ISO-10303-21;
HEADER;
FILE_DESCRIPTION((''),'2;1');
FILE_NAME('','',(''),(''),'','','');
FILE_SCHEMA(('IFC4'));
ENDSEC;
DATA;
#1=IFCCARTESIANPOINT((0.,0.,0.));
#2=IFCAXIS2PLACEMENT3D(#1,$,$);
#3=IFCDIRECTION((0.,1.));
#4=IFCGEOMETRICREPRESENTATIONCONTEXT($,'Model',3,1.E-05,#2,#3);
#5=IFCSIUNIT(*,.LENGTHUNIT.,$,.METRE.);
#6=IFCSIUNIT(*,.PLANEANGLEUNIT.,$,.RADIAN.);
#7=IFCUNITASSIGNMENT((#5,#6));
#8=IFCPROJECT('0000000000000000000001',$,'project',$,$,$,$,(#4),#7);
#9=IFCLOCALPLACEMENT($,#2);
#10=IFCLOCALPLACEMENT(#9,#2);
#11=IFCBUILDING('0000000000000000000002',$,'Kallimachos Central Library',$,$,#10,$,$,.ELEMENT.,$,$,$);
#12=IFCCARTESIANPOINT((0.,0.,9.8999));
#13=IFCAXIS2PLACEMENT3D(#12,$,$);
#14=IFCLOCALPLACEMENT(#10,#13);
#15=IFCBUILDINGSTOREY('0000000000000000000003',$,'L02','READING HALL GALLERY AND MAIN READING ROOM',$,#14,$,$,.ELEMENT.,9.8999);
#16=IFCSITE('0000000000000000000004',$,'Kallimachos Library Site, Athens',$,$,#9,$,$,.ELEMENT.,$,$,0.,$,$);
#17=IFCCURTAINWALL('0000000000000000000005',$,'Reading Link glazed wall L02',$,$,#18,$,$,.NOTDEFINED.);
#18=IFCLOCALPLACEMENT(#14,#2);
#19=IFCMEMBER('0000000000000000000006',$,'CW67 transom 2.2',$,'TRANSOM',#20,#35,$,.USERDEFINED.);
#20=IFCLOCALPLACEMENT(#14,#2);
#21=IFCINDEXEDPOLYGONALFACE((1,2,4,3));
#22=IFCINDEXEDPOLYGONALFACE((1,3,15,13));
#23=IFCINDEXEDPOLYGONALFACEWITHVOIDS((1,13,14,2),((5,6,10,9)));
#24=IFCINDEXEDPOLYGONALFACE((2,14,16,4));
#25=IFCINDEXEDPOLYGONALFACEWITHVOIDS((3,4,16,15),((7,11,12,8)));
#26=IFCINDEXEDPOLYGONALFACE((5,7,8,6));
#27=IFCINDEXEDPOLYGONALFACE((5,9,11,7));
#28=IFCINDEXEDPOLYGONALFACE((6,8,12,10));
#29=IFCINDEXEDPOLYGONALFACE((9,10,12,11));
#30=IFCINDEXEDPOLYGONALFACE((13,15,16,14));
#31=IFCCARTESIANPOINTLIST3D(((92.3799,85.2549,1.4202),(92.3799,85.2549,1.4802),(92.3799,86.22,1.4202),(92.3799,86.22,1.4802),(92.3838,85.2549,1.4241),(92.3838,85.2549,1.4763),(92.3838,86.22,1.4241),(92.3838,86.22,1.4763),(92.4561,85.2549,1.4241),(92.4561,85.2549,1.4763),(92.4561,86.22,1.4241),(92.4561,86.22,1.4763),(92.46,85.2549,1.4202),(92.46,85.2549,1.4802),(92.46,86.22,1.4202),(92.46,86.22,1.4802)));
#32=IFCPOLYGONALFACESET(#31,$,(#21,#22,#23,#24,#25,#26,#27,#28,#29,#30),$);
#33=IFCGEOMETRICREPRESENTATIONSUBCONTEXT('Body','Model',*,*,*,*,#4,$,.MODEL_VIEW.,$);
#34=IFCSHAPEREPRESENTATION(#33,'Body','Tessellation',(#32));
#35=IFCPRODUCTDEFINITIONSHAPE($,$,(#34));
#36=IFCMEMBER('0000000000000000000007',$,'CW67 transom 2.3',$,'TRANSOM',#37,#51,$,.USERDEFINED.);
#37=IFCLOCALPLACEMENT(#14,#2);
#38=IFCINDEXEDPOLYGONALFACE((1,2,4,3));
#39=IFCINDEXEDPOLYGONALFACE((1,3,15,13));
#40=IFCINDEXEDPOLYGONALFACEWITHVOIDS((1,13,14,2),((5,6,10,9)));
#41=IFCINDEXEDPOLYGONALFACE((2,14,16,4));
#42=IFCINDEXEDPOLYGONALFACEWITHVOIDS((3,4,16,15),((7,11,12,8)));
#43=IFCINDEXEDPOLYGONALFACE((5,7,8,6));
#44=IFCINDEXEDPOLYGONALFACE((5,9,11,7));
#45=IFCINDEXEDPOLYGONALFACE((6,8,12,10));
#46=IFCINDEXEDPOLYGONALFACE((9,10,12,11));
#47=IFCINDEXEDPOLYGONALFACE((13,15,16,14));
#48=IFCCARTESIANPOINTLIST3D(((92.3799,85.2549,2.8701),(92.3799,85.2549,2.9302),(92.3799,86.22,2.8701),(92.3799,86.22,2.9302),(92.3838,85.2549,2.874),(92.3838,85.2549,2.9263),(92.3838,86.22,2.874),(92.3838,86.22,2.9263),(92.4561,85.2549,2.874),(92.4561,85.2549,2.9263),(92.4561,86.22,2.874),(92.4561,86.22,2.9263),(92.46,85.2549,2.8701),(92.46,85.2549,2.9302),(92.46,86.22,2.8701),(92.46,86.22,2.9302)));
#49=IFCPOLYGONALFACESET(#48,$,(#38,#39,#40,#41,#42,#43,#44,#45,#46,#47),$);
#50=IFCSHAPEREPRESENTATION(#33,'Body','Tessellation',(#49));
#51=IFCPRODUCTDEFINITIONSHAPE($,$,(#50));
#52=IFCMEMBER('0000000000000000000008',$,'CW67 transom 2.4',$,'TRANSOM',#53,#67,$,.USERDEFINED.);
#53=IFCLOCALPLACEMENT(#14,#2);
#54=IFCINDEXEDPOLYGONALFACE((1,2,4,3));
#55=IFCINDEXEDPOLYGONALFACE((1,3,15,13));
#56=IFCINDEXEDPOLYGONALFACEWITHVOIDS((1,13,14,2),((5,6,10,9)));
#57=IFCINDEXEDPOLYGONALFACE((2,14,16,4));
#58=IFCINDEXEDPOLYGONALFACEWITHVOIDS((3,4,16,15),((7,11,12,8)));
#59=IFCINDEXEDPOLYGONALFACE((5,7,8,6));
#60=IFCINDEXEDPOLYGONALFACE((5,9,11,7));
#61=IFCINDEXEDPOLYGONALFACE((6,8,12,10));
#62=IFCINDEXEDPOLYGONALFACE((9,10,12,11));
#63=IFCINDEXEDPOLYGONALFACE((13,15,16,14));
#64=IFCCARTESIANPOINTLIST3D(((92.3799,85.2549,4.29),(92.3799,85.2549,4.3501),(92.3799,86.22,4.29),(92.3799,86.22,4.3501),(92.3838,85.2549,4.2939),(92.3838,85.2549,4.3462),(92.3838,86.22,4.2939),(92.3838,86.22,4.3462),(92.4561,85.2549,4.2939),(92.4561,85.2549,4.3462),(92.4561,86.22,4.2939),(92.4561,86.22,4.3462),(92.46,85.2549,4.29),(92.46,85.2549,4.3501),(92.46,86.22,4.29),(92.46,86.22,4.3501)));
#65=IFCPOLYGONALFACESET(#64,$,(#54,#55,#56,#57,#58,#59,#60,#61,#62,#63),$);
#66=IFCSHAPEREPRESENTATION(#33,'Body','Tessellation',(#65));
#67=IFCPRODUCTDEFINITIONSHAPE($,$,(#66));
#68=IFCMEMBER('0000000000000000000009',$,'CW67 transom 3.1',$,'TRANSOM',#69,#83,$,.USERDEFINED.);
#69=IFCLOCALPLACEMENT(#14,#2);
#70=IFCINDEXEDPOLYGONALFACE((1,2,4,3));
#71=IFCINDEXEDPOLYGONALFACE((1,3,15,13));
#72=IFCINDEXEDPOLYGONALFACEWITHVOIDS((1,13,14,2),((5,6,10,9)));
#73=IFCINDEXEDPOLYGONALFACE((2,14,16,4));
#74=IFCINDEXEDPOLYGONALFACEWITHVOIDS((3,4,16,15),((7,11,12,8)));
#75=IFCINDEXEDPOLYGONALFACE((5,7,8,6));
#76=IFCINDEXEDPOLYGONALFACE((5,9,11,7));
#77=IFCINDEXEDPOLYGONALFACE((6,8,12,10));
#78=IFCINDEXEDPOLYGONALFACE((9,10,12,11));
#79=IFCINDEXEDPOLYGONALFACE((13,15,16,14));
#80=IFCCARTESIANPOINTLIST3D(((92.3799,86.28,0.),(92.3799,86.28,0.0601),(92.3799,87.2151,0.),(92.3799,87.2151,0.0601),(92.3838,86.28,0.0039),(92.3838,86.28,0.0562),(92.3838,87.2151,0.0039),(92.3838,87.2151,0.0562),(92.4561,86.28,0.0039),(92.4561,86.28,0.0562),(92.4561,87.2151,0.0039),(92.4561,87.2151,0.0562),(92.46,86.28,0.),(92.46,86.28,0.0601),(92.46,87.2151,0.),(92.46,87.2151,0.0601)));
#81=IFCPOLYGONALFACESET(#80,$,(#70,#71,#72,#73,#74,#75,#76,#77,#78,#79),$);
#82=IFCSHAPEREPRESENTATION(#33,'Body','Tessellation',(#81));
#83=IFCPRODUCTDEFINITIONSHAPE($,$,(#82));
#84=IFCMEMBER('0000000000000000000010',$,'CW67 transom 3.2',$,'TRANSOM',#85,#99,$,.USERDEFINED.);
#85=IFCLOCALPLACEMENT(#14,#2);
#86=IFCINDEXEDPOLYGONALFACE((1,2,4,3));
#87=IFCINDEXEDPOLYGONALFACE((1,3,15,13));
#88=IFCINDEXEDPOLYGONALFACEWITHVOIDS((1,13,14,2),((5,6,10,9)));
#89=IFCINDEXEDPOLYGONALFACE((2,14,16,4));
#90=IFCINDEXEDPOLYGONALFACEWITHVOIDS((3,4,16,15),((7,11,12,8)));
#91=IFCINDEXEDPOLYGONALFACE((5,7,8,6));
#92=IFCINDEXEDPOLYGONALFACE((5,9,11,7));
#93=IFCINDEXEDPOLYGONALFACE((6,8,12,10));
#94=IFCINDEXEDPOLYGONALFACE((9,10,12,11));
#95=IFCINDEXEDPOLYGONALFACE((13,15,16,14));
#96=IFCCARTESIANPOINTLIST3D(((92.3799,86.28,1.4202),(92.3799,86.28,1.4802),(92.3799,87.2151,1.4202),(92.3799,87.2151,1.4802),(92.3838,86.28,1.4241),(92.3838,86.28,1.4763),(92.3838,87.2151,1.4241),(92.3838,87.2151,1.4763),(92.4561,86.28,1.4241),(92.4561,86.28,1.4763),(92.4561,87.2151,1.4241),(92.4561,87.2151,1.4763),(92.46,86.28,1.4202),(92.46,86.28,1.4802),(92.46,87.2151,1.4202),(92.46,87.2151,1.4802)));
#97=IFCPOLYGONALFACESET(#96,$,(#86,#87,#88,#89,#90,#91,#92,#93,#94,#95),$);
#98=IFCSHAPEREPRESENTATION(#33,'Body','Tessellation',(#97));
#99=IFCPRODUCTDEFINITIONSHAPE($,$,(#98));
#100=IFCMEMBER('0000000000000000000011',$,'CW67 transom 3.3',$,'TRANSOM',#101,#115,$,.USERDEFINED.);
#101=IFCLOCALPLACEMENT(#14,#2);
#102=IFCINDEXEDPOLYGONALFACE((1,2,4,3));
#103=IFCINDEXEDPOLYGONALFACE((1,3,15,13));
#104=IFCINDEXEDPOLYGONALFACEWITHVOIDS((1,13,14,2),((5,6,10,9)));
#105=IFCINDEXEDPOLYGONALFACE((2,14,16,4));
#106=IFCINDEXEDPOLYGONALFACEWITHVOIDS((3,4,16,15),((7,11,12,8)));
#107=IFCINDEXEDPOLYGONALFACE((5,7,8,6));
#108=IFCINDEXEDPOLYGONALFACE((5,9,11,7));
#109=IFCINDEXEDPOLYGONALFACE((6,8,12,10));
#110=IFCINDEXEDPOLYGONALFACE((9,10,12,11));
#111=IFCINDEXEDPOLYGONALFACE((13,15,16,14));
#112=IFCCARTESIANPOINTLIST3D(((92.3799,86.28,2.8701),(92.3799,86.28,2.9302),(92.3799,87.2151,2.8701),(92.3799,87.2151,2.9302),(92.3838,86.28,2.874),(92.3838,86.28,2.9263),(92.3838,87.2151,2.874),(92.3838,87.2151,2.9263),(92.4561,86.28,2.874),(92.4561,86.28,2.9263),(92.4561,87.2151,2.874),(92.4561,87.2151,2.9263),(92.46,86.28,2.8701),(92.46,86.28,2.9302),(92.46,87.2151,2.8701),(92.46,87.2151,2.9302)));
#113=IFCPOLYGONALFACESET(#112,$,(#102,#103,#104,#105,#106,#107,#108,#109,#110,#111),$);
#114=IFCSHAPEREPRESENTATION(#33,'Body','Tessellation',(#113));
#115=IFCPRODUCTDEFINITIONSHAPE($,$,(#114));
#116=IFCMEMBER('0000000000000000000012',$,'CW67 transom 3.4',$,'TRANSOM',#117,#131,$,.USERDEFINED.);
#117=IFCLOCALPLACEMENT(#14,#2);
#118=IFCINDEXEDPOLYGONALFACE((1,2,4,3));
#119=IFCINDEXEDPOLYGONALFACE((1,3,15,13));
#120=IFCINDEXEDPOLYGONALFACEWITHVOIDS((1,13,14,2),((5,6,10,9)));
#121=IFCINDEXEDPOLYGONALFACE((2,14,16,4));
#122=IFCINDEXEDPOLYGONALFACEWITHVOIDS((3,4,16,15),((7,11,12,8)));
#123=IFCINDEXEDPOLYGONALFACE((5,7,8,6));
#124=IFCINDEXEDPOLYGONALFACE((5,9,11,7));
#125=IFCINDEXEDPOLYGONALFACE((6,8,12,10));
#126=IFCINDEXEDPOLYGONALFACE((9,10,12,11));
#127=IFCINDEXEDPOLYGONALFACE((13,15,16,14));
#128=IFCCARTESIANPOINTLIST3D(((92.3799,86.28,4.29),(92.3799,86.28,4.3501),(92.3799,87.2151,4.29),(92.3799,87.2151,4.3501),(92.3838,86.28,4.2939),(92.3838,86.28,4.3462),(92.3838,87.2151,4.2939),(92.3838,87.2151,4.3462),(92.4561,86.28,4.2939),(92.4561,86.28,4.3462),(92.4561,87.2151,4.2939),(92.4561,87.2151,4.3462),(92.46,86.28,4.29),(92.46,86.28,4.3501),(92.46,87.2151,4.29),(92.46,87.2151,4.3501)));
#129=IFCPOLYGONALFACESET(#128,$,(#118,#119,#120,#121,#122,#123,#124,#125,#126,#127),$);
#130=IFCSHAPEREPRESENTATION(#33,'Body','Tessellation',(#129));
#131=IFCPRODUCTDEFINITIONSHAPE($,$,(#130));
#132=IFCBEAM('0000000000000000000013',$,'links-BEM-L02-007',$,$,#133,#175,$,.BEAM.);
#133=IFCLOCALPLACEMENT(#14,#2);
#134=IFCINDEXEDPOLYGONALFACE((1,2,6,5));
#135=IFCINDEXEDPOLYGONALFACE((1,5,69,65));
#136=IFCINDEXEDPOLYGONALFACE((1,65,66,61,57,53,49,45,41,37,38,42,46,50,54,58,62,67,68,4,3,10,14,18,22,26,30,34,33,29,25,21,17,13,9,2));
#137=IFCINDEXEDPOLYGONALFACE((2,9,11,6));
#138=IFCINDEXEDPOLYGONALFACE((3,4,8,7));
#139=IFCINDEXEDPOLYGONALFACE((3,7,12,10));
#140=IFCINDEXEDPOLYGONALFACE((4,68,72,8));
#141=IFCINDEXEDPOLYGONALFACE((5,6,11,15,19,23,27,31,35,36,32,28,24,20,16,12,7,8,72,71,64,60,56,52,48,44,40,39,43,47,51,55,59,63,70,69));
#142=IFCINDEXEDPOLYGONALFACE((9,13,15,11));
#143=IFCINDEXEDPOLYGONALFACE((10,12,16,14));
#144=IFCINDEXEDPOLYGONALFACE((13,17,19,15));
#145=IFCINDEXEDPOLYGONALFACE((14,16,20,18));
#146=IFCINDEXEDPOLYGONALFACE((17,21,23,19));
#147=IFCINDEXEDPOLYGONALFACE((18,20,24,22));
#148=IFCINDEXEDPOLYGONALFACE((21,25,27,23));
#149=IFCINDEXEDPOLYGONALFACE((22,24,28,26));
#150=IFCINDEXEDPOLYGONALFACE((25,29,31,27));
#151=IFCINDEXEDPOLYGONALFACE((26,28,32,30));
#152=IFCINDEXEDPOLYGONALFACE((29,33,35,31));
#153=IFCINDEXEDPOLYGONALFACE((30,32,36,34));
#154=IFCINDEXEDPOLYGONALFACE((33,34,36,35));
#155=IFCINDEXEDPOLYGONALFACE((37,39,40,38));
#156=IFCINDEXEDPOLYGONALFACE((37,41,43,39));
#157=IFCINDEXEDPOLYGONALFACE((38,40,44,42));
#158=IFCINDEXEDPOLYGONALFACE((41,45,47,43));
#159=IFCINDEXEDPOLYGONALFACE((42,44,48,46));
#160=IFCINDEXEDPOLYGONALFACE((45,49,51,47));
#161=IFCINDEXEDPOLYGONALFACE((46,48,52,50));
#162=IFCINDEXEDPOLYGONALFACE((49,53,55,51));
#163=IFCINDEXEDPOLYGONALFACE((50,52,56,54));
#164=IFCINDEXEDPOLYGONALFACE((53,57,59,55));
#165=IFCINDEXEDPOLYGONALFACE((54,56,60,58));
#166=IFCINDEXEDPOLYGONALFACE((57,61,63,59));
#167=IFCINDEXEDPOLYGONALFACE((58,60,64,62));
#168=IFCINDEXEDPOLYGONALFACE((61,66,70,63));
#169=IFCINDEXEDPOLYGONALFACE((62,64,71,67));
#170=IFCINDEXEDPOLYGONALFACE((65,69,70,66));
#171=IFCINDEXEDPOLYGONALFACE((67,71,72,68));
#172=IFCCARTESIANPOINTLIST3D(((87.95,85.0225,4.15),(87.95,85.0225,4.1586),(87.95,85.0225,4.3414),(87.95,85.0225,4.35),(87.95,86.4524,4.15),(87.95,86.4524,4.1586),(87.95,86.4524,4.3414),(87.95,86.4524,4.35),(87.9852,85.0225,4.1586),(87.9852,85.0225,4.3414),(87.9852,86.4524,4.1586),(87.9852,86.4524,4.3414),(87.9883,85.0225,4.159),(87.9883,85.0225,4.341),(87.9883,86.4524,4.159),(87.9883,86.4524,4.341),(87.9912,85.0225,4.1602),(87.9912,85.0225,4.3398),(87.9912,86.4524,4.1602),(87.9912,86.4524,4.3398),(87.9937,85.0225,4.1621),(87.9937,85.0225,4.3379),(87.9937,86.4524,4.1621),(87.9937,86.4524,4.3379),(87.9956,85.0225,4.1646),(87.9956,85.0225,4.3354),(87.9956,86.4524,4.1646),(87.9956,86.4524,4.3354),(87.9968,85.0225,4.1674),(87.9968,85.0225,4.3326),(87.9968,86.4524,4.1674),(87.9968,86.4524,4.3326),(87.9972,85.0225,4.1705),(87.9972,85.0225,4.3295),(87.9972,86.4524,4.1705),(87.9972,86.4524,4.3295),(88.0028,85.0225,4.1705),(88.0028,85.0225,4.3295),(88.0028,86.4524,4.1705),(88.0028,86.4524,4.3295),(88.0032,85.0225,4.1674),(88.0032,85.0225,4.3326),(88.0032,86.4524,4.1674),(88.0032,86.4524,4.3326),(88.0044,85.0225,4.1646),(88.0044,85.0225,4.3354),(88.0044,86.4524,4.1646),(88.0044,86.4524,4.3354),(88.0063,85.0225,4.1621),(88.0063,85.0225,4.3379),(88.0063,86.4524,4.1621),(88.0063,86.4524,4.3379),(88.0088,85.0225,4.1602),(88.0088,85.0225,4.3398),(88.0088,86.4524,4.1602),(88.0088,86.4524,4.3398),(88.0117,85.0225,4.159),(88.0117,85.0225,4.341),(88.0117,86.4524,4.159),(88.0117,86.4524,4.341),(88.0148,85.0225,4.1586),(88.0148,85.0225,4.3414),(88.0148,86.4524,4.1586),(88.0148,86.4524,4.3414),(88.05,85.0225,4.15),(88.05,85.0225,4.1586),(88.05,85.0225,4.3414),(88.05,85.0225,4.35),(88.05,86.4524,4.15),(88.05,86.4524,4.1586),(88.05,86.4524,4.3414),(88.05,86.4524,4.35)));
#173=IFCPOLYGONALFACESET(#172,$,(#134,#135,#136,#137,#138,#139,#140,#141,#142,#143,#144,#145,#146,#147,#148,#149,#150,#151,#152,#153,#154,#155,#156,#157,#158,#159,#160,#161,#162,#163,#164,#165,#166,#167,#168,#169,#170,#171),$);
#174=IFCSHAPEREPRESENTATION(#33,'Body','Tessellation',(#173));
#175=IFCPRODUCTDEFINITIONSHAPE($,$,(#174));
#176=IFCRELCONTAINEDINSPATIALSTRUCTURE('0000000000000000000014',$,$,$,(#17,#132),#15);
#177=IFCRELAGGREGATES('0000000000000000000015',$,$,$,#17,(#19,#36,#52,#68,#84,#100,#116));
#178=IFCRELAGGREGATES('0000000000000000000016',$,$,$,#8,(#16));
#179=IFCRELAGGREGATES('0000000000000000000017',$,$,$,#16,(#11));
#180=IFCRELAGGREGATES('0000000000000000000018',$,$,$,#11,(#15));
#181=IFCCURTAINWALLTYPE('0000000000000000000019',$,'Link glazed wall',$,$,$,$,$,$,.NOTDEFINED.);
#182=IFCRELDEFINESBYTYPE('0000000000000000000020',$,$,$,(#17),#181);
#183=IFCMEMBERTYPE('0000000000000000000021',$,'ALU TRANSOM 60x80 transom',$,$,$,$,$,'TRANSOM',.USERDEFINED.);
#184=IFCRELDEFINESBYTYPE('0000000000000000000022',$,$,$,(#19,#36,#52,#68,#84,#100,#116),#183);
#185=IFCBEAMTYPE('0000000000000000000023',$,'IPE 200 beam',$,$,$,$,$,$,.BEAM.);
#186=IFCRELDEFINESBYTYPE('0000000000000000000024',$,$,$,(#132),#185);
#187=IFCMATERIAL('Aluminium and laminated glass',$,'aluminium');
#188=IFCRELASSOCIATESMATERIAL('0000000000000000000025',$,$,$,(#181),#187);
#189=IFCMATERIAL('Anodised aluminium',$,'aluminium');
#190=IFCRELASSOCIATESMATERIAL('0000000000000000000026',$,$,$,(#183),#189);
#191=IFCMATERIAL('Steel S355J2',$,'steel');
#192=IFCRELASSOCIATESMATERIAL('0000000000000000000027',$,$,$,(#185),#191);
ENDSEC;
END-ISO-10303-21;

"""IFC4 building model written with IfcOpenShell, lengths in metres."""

from ifc_helpers import new_model, si_unit, direction, frame, origin, origin_2d, place, context, subcontext, project, spatial, hollow_rectangle, i_section, extrude, material, material_profile, profile_set, type_object, element, aggregate, save


model = new_model("IFC4")

# Units and contexts
model_context = context("Model", 3, precision=1e-05, world=origin(), true_north=direction((0.0, 1.0)))
body_context = subcontext(model_context, "Body", "Model", "MODEL_VIEW")
ifc_project = project(units=[si_unit("LENGTHUNIT", "METRE"), si_unit("PLANEANGLEUNIT", "RADIAN")], contexts=[model_context])

# Site, building, storey
site_placement = place(None, origin())
site = spatial("IfcSite", under=ifc_project, at=site_placement, Name="Kallimachos Library Site, Athens", CompositionType="ELEMENT", RefElevation=0.0)
building_placement = place(site_placement, origin())
building = spatial("IfcBuilding", under=site, at=building_placement, Name="Kallimachos Central Library", CompositionType="ELEMENT")
storey_placement = place(building_placement, frame((0.0, 0.0, 9.8999)))
storey = spatial("IfcBuildingStorey", under=building, at=storey_placement, Name="L02", Description="READING HALL GALLERY AND MAIN READING ROOM", CompositionType="ELEMENT", Elevation=9.8999)

# Curtain wall, members
ifc_material_1 = material(Name="Aluminium and laminated glass", Category="aluminium")
curtain_wall_type = type_object("IfcCurtainWallType", Name="Link glazed wall", PredefinedType="NOTDEFINED", material=ifc_material_1)
curtain_wall_placement = place(storey_placement, origin())
curtain_wall = element("IfcCurtainWall", 1, at=curtain_wall_placement, inside=storey, type_object=curtain_wall_type, Name="Reading Link glazed wall L02", PredefinedType="NOTDEFINED")
ifc_material_2 = material(Name="Anodised aluminium", Category="aluminium")
ifc_material_profile_1 = material_profile(ifc_material_2, hollow_rectangle(XDim=0.0601, YDim=0.0801, WallThickness=0.0039, at=origin_2d()), Name="ALU TRANSOM 60x80")
ifc_profile_set_1 = profile_set([ifc_material_profile_1], Name="Anodised aluminium")
member_type_1 = type_object("IfcMemberType", Name="ALU TRANSOM 60x80 transom", ElementType="TRANSOM", PredefinedType="USERDEFINED", material=ifc_profile_set_1)
member_1_placement = place(storey_placement, frame((92.4199, 85.2549, 1.4502), z_axis=(0.0, 1.0, 0.0), x_axis=(0.0, 0.0, 1.0)))
member_1 = element("IfcMember", 2, at=member_1_placement, type_object=member_type_1, Name="CW67 transom 2.2", ObjectType="TRANSOM", PredefinedType="USERDEFINED", context=body_context, shape_type="SweptSolid", body=[
    extrude(hollow_rectangle(XDim=0.0601, YDim=0.0801, WallThickness=0.0039, at=origin_2d()), origin(), (0.0, 0.0, 1.0), 0.9651),
])
member_2_placement = place(storey_placement, frame((92.4199, 85.2549, 2.9001), z_axis=(0.0, 1.0, 0.0), x_axis=(0.0, 0.0, 1.0)))
member_2 = element("IfcMember", 3, at=member_2_placement, type_object=member_type_1, Name="CW67 transom 2.3", ObjectType="TRANSOM", PredefinedType="USERDEFINED", context=body_context, shape_type="SweptSolid", body=[
    extrude(hollow_rectangle(XDim=0.0601, YDim=0.0801, WallThickness=0.0039, at=origin_2d()), origin(), (0.0, 0.0, 1.0), 0.9651),
])
member_3_placement = place(storey_placement, frame((92.4199, 85.2549, 4.3201), z_axis=(0.0, 1.0, 0.0), x_axis=(0.0, 0.0, 1.0)))
member_3 = element("IfcMember", 4, at=member_3_placement, type_object=member_type_1, Name="CW67 transom 2.4", ObjectType="TRANSOM", PredefinedType="USERDEFINED", context=body_context, shape_type="SweptSolid", body=[
    extrude(hollow_rectangle(XDim=0.0601, YDim=0.0801, WallThickness=0.0039, at=origin_2d()), origin(), (0.0, 0.0, 1.0), 0.9651),
])
member_4_placement = place(storey_placement, frame((92.4199, 86.28, 0.03), z_axis=(0.0, 1.0, 0.0), x_axis=(0.0, 0.0, 1.0)))
member_4 = element("IfcMember", 5, at=member_4_placement, type_object=member_type_1, Name="CW67 transom 3.1", ObjectType="TRANSOM", PredefinedType="USERDEFINED", context=body_context, shape_type="SweptSolid", body=[
    extrude(hollow_rectangle(XDim=0.0601, YDim=0.0801, WallThickness=0.0039, at=origin_2d()), origin(), (0.0, 0.0, 1.0), 0.9351),
])
member_5_placement = place(storey_placement, frame((92.4199, 86.28, 1.4502), z_axis=(0.0, 1.0, 0.0), x_axis=(0.0, 0.0, 1.0)))
member_5 = element("IfcMember", 6, at=member_5_placement, type_object=member_type_1, Name="CW67 transom 3.2", ObjectType="TRANSOM", PredefinedType="USERDEFINED", context=body_context, shape_type="SweptSolid", body=[
    extrude(hollow_rectangle(XDim=0.0601, YDim=0.0801, WallThickness=0.0039, at=origin_2d()), origin(), (0.0, 0.0, 1.0), 0.9351),
])
member_6_placement = place(storey_placement, frame((92.4199, 86.28, 2.9001), z_axis=(0.0, 1.0, 0.0), x_axis=(0.0, 0.0, 1.0)))
member_6 = element("IfcMember", 7, at=member_6_placement, type_object=member_type_1, Name="CW67 transom 3.3", ObjectType="TRANSOM", PredefinedType="USERDEFINED", context=body_context, shape_type="SweptSolid", body=[
    extrude(hollow_rectangle(XDim=0.0601, YDim=0.0801, WallThickness=0.0039, at=origin_2d()), origin(), (0.0, 0.0, 1.0), 0.9351),
])
member_7_placement = place(storey_placement, frame((92.4199, 86.28, 4.3201), z_axis=(0.0, 1.0, 0.0), x_axis=(0.0, 0.0, 1.0)))
member_7 = element("IfcMember", 8, at=member_7_placement, type_object=member_type_1, Name="CW67 transom 3.4", ObjectType="TRANSOM", PredefinedType="USERDEFINED", context=body_context, shape_type="SweptSolid", body=[
    extrude(hollow_rectangle(XDim=0.0601, YDim=0.0801, WallThickness=0.0039, at=origin_2d()), origin(), (0.0, 0.0, 1.0), 0.9351),
])

# Beam
ifc_material_3 = material(Name="Steel S355J2", Category="steel")
ifc_material_profile_2 = material_profile(ifc_material_3, i_section(OverallWidth=0.1001, OverallDepth=0.2, WebThickness=0.0056, FlangeThickness=0.0085, FilletRadius=0.012, at=origin_2d()), Name="IPE 200")
ifc_profile_set_2 = profile_set([ifc_material_profile_2], Name="Steel S355J2")
beam_type_1 = type_object("IfcBeamType", Name="IPE 200 beam", PredefinedType="BEAM", material=ifc_profile_set_2)
beam_1_placement = place(storey_placement, frame((88.0, 85.0225, 4.25), z_axis=(0.0, 1.0, 0.0), x_axis=(-1.0, 0.0, 0.0)))
element("IfcBeam", 9, at=beam_1_placement, inside=storey, type_object=beam_type_1, Name="links-BEM-L02-007", PredefinedType="BEAM", context=body_context, shape_type="SweptSolid", body=[
    extrude(i_section(OverallWidth=0.1001, OverallDepth=0.2, WebThickness=0.0056, FlangeThickness=0.0085, FilletRadius=0.012, at=origin_2d()), origin(), (0.0, 0.0, 1.0), 1.4299),
])

aggregate(curtain_wall, [member_1, member_2, member_3, member_4, member_5, member_6, member_7])

save(model, "model.ifc")
